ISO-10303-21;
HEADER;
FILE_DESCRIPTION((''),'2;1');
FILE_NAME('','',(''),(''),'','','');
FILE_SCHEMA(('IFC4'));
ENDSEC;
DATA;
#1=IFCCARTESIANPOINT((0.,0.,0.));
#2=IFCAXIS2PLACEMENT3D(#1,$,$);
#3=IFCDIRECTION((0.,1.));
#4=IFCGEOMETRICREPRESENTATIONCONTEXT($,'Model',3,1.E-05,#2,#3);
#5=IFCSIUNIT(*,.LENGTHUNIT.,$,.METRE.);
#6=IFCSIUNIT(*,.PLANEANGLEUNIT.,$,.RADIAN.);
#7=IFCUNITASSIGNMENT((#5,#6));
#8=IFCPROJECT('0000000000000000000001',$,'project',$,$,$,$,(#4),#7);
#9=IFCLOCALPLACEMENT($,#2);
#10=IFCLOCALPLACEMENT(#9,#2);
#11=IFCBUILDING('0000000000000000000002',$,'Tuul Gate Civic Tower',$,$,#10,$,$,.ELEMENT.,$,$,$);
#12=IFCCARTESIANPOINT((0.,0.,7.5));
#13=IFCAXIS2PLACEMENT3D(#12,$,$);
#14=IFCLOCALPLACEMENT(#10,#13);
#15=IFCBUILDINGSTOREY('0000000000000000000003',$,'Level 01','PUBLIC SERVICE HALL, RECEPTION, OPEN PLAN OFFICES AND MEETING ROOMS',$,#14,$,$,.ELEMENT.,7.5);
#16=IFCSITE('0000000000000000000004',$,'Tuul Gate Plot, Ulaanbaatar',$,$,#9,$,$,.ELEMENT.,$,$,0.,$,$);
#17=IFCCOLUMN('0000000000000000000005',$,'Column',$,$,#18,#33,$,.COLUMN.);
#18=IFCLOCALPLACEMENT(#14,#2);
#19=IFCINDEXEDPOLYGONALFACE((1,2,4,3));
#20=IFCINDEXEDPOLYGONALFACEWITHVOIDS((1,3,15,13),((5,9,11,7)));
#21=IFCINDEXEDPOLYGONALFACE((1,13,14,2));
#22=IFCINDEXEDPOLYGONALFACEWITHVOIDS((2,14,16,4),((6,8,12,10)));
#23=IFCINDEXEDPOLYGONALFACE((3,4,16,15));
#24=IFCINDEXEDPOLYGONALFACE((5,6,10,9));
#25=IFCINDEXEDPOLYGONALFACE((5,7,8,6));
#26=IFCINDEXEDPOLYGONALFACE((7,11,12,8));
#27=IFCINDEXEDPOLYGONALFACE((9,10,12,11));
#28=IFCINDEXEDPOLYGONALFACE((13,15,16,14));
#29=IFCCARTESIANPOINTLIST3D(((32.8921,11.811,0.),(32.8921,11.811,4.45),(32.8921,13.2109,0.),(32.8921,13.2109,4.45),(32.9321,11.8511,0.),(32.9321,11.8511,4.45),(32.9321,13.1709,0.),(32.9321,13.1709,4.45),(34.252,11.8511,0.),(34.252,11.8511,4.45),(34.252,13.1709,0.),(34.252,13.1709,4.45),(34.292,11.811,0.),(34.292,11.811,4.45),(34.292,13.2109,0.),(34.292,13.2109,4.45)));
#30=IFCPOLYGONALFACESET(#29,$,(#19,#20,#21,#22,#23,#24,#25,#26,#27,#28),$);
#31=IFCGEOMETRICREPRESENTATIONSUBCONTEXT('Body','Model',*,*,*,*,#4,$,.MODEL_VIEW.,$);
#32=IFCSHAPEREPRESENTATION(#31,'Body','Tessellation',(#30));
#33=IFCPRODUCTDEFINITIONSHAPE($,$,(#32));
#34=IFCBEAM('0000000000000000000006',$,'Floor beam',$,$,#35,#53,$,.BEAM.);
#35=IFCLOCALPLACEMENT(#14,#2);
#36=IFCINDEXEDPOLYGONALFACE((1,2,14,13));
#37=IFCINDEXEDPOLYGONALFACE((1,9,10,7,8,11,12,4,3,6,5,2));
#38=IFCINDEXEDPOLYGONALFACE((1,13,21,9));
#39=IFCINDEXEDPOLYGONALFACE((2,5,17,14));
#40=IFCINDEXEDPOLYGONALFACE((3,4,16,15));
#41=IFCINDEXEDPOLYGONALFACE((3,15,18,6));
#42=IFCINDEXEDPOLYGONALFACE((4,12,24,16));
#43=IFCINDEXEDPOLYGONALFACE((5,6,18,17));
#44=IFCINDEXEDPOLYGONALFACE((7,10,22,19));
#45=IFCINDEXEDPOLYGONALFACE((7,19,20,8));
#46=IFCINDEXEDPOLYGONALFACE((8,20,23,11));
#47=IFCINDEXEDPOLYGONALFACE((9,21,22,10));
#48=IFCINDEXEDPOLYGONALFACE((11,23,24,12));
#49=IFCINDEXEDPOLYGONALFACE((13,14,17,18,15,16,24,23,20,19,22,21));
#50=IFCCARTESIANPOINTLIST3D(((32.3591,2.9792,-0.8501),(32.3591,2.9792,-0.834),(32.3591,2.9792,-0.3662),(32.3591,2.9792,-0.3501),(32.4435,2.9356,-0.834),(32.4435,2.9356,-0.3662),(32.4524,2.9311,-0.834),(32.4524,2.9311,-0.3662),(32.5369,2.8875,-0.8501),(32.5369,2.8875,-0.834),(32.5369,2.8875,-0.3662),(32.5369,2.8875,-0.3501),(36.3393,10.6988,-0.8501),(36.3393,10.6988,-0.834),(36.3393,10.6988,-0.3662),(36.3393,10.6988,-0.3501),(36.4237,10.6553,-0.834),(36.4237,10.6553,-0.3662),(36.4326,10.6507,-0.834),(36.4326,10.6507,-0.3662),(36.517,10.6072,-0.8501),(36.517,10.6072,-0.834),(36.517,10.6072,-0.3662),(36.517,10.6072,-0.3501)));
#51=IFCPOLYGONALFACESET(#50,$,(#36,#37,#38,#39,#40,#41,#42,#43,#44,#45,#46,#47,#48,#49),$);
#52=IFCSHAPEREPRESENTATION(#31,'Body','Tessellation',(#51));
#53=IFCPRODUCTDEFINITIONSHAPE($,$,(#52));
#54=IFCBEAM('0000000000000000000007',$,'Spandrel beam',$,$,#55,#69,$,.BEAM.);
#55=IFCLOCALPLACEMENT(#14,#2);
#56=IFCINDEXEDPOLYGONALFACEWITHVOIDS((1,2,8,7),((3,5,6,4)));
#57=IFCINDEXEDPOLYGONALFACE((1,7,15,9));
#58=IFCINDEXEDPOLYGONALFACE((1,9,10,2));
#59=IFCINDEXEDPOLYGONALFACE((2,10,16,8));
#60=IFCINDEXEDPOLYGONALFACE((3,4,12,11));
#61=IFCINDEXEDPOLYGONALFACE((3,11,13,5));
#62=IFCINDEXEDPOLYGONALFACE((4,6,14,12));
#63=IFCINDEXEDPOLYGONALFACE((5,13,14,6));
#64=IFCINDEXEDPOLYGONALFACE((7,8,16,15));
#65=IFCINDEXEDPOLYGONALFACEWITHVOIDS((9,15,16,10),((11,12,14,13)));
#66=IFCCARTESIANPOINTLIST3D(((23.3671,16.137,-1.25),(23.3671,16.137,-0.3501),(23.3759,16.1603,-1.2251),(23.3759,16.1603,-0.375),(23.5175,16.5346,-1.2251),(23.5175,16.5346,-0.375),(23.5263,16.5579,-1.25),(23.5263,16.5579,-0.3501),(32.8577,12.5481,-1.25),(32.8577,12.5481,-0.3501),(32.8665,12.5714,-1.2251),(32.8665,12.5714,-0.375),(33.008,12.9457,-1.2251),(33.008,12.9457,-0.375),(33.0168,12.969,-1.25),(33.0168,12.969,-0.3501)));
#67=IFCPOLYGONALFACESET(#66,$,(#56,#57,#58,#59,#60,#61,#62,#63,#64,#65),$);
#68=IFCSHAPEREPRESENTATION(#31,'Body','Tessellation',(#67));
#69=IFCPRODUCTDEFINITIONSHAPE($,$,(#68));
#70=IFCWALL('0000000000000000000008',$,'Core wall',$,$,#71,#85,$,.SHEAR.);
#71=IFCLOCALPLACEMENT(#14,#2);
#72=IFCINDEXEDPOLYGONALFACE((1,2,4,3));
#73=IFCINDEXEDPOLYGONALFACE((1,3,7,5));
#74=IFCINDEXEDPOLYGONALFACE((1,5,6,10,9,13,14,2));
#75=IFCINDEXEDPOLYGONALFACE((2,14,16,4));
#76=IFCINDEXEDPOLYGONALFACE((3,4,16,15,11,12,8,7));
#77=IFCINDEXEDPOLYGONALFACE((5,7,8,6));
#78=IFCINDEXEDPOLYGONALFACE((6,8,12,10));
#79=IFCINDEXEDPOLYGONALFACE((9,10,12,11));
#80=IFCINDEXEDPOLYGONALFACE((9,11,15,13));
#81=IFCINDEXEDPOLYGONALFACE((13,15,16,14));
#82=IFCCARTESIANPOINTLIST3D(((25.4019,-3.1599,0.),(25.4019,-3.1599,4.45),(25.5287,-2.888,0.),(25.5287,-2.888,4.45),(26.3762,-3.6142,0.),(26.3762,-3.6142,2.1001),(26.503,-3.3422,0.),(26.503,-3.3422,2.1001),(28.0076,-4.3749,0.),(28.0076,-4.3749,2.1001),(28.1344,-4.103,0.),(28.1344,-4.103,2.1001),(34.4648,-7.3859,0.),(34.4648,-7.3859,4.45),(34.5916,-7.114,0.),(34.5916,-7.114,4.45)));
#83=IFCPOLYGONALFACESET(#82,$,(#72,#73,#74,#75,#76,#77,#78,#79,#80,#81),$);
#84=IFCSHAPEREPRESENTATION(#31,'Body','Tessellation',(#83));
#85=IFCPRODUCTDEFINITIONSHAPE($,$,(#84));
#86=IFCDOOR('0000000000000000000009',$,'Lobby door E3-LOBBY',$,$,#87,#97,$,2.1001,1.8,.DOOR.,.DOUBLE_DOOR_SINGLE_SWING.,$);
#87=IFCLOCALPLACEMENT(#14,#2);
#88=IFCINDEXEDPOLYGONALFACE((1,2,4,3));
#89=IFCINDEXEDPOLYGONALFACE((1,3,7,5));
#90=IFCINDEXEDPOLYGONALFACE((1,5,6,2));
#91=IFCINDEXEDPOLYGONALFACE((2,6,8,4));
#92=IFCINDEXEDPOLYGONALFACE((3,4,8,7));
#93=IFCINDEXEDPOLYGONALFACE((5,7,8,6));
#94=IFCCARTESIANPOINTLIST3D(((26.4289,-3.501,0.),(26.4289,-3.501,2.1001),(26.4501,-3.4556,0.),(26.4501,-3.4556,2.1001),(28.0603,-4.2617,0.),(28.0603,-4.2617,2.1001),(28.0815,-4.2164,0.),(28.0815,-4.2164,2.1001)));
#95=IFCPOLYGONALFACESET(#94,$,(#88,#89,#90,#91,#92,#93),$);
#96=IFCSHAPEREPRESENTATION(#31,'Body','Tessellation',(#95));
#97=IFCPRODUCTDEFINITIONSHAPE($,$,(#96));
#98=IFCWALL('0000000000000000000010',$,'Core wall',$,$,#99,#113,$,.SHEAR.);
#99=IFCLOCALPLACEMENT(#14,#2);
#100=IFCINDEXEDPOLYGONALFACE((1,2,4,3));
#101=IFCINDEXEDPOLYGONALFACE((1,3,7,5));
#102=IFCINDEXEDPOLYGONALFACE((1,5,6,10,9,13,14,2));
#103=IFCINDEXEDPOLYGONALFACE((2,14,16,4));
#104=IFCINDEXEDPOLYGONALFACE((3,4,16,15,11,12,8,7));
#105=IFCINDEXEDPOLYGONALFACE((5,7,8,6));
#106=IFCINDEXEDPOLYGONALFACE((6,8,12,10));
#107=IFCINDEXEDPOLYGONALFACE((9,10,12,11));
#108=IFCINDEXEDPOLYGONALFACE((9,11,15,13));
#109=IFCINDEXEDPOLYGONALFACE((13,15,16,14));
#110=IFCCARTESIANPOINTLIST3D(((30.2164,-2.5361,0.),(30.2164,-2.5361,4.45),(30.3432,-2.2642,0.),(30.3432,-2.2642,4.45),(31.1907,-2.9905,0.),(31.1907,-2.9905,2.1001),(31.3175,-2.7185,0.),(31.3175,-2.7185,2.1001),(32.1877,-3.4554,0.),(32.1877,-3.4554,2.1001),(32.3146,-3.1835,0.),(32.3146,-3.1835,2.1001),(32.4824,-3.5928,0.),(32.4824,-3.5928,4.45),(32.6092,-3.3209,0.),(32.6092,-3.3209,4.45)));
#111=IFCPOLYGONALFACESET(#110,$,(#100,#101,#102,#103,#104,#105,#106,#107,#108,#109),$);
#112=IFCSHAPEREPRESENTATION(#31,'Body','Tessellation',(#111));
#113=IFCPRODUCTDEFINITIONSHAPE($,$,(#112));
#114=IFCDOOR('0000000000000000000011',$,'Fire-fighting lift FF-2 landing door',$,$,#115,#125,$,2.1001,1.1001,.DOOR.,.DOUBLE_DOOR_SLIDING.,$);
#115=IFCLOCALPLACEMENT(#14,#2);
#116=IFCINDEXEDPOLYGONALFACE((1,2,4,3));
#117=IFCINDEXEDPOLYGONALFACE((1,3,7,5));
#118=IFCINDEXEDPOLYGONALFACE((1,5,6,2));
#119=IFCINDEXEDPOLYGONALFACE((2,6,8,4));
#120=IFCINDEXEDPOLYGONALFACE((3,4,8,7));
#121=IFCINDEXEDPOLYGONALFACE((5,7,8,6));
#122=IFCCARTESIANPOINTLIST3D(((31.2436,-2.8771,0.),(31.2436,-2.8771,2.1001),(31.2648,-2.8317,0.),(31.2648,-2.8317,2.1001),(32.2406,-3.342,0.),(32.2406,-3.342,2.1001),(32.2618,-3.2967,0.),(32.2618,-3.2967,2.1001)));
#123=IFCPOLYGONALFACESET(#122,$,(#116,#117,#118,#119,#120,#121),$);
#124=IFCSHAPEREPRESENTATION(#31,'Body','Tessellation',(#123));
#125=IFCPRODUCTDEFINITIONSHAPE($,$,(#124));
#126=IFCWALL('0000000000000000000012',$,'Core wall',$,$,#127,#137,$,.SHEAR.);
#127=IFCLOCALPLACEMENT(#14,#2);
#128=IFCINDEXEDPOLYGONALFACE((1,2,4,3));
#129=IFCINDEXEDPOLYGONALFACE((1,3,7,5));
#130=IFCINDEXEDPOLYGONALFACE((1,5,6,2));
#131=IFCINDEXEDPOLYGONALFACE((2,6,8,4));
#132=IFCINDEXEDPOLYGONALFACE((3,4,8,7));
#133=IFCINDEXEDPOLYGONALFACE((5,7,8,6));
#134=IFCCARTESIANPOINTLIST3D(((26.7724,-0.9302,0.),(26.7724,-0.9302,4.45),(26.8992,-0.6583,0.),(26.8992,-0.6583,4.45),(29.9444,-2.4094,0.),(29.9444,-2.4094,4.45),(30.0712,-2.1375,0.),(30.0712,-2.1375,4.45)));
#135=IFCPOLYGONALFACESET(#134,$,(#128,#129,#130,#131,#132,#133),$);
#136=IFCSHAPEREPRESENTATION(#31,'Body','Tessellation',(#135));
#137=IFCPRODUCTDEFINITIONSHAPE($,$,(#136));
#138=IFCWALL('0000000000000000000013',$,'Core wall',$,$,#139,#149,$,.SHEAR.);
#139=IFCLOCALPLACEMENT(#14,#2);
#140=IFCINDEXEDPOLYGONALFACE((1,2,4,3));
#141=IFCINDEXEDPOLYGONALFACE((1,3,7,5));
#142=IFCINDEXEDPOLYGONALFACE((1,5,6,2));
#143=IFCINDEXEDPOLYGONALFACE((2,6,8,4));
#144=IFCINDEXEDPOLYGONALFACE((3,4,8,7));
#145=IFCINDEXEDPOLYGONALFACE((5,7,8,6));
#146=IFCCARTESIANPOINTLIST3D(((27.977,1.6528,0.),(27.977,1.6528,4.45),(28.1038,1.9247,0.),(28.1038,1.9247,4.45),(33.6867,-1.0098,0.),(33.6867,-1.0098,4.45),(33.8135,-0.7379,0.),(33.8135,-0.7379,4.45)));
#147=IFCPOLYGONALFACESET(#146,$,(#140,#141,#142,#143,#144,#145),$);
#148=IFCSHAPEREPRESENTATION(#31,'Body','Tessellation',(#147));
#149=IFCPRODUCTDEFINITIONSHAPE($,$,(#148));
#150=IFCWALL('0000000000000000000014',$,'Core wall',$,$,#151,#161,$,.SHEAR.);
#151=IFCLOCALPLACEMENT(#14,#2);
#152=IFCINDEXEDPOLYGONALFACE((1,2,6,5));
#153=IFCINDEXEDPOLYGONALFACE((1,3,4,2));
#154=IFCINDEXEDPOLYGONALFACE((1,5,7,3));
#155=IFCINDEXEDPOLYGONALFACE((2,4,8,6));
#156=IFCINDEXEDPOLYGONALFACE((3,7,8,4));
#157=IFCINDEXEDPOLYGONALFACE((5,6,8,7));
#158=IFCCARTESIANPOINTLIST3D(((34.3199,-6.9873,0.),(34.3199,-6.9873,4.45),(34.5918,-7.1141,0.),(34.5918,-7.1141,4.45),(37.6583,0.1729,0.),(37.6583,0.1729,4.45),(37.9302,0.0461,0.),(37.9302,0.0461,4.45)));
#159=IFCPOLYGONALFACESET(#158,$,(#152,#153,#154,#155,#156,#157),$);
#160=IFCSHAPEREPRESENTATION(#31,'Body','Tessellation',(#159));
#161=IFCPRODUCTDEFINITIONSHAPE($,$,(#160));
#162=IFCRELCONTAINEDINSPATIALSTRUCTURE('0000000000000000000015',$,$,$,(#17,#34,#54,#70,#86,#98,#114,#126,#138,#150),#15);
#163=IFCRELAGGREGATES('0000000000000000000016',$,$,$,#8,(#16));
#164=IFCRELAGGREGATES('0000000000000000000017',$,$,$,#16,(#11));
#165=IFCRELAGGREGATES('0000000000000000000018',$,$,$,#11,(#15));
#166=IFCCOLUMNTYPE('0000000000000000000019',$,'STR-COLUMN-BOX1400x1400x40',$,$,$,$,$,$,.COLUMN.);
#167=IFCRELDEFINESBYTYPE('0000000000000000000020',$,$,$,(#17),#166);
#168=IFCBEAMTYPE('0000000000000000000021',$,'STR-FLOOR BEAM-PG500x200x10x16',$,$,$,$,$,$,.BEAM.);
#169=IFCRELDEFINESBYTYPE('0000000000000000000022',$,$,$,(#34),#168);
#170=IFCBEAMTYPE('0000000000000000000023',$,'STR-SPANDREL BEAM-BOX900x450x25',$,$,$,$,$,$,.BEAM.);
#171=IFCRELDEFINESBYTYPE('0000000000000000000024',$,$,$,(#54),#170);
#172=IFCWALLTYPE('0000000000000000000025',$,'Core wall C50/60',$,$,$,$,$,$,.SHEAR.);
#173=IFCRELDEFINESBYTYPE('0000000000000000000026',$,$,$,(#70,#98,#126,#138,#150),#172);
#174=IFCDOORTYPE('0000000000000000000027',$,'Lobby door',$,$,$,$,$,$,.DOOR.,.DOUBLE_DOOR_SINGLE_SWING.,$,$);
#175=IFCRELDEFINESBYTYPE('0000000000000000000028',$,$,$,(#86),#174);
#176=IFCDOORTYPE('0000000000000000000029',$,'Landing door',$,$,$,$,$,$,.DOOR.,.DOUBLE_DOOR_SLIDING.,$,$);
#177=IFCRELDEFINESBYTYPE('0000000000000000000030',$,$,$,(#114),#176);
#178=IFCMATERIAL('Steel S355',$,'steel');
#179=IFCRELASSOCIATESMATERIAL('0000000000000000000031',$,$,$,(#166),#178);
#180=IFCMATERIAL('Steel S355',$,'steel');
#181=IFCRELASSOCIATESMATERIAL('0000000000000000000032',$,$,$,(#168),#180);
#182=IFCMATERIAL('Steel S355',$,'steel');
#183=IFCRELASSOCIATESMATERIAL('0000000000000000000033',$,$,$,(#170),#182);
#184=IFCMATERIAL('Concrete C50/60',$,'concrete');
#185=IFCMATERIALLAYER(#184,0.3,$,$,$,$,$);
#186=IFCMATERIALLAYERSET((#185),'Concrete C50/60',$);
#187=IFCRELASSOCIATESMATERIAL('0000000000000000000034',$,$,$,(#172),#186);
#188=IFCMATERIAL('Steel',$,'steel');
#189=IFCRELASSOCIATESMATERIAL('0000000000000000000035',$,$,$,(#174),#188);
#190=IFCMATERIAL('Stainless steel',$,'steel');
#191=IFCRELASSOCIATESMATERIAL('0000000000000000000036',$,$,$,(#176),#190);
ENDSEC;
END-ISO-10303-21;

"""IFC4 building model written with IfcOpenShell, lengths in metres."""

from ifc_helpers import new_model, si_unit, direction, frame, frame_2d, origin, origin_2d, place, context, subcontext, project, spatial, rectangle, hollow_rectangle, i_section, extrude, material, layer, layer_set, material_profile, profile_set, type_object, element, fill, save


model = new_model("IFC4")

# Units and contexts
model_context = context("Model", 3, precision=1e-05, world=origin(), true_north=direction((0.0, 1.0)))
body_context = subcontext(model_context, "Body", "Model", "MODEL_VIEW")
ifc_project = project(units=[si_unit("LENGTHUNIT", "METRE"), si_unit("PLANEANGLEUNIT", "RADIAN")], contexts=[model_context])

# Site, building, storey
site_placement = place(None, origin())
site = spatial("IfcSite", under=ifc_project, at=site_placement, Name="Tuul Gate Plot, Ulaanbaatar", CompositionType="ELEMENT", RefElevation=0.0)
building_placement = place(site_placement, origin())
building = spatial("IfcBuilding", under=site, at=building_placement, Name="Tuul Gate Civic Tower", CompositionType="ELEMENT")
storey_placement = place(building_placement, frame((0.0, 0.0, 7.5)))
storey = spatial("IfcBuildingStorey", under=building, at=storey_placement, Name="Level 01", Description="PUBLIC SERVICE HALL, RECEPTION, OPEN PLAN OFFICES AND MEETING ROOMS", CompositionType="ELEMENT", Elevation=7.5)

# Column
ifc_material_1 = material(Name="Steel S355", Category="steel")
ifc_material_profile_1 = material_profile(ifc_material_1, hollow_rectangle(XDim=1.3999, YDim=1.3999, WallThickness=0.04, at=origin_2d()), Name="BOX1400x1400x40")
ifc_profile_set_1 = profile_set([ifc_material_profile_1], Name="Steel S355")
column_type = type_object("IfcColumnType", Name="STR-COLUMN-BOX1400x1400x40", PredefinedType="COLUMN", material=ifc_profile_set_1)
column_placement = place(storey_placement, frame((33.592, 12.511, 0.0), z_axis=(0.0, 0.0, 1.0), x_axis=(1.0, 0.0, 0.0)))
element("IfcColumn", 1, at=column_placement, inside=storey, type_object=column_type, Name="Column", PredefinedType="COLUMN", context=body_context, shape_type="SweptSolid", body=[
    extrude(hollow_rectangle(XDim=1.3999, YDim=1.3999, WallThickness=0.04, at=origin_2d()), origin(), (0.0, 0.0, 1.0), 4.45),
])

# Beams
ifc_material_2 = material(Name="Steel S355", Category="steel")
ifc_material_profile_2 = material_profile(ifc_material_2, i_section(OverallWidth=0.2, OverallDepth=0.5, WebThickness=0.01, FlangeThickness=0.0161, at=origin_2d()), Name="PG500x200x10x16")
ifc_profile_set_2 = profile_set([ifc_material_profile_2], Name="Steel S355")
beam_type_1 = type_object("IfcBeamType", Name="STR-FLOOR BEAM-PG500x200x10x16", PredefinedType="BEAM", material=ifc_profile_set_2)
beam_1_placement = place(storey_placement, frame((32.448, 2.9333, -0.6001), z_axis=(0.458266, 0.888815, 0.0), x_axis=(-0.888815, 0.458266, 0.0)))
element("IfcBeam", 2, at=beam_1_placement, inside=storey, type_object=beam_type_1, Name="Floor beam", PredefinedType="BEAM", context=body_context, shape_type="SweptSolid", body=[
    extrude(i_section(OverallWidth=0.2, OverallDepth=0.5, WebThickness=0.01, FlangeThickness=0.0161, at=origin_2d()), origin(), (0.0, 0.0, 1.0), 8.6853),
])
ifc_material_3 = material(Name="Steel S355", Category="steel")
ifc_material_profile_3 = material_profile(ifc_material_3, hollow_rectangle(XDim=0.45, YDim=0.8999, WallThickness=0.0249, at=origin_2d()), Name="BOX900x450x25")
ifc_profile_set_3 = profile_set([ifc_material_profile_3], Name="Steel S355")
beam_type_2 = type_object("IfcBeamType", Name="STR-SPANDREL BEAM-BOX900x450x25", PredefinedType="BEAM", material=ifc_profile_set_3)
beam_2_placement = place(storey_placement, frame((32.9373, 12.7585, -0.8), z_axis=(-0.935356, 0.353709, 0.0), x_axis=(-0.353709, -0.935356, 0.0)))
element("IfcBeam", 3, at=beam_2_placement, inside=storey, type_object=beam_type_2, Name="Spandrel beam", PredefinedType="BEAM", context=body_context, shape_type="SweptSolid", body=[
    extrude(hollow_rectangle(XDim=0.45, YDim=0.8999, WallThickness=0.0249, at=origin_2d()), origin(), (0.0, 0.0, 1.0), 10.1465),
])

# Walls, openings, doors
ifc_material_4 = material(Name="Concrete C50/60", Category="concrete")
ifc_layer_1 = layer(ifc_material_4, 0.3)
ifc_layer_set_1 = layer_set([ifc_layer_1], Name="Concrete C50/60")
wall_type_1 = type_object("IfcWallType", Name="Core wall C50/60", PredefinedType="SHEAR", material=ifc_layer_set_1)
wall_1_placement = place(storey_placement, frame((34.5283, -7.25, 0.0), z_axis=(0.0, 0.0, 1.0), x_axis=(-0.90631, 0.422613, 0.0)))
wall_1 = element("IfcWall", 4, at=wall_1_placement, inside=storey, type_object=wall_type_1, Name="Core wall", PredefinedType="SHEAR", context=body_context, shape_type="SweptSolid", body=[
    extrude(rectangle(XDim=9.9998, YDim=0.3, at=frame_2d((5.0, 0.0))), origin(), (0.0, 0.0, 1.0), 4.45),
])
opening_1_placement = place(wall_1_placement, frame((7.125, 0.0, 0.0)))
opening_1 = element("IfcOpeningElement", 5, at=opening_1_placement, cuts=wall_1, PredefinedType="OPENING", context=body_context, shape_type="SweptSolid", body=[
    extrude(rectangle(XDim=1.8, YDim=2.1001, at=frame_2d((0.8999, 1.05))), frame((0.0, 0.1602, 0.0), z_axis=(0.0, -1.0, 0.0), x_axis=(1.0, 0.0, 0.0)), (0.0, 0.0, 1.0), 0.3201),
])
ifc_material_5 = material(Name="Steel", Category="steel")
door_type_1 = type_object("IfcDoorType", Name="Lobby door", OperationType="DOUBLE_DOOR_SINGLE_SWING", PredefinedType="DOOR", material=ifc_material_5)
door_1_placement = place(opening_1_placement, frame((1.8, 0.0, 0.0), z_axis=(0.0, 0.0, 1.0), x_axis=(-1.0, 0.0, 0.0)))
door_1 = element("IfcDoor", 6, at=door_1_placement, inside=storey, type_object=door_type_1, Name="Lobby door E3-LOBBY", OperationType="DOUBLE_DOOR_SINGLE_SWING", OverallHeight=2.1001, OverallWidth=1.8, PredefinedType="DOOR", context=body_context, shape_type="SweptSolid", body=[
    extrude(rectangle(XDim=1.8, YDim=2.1001, at=frame_2d((0.9001, 1.05))), frame((0.0, 0.0249, 0.0), z_axis=(0.0, -1.0, 0.0), x_axis=(1.0, 0.0, 0.0)), (0.0, 0.0, 1.0), 0.05),
])
fill(opening_1, door_1)
wall_2_placement = place(storey_placement, frame((32.5457, -3.4568, 0.0), z_axis=(0.0, 0.0, 1.0), x_axis=(-0.9063, 0.422634, 0.0)))
wall_2 = element("IfcWall", 7, at=wall_2_placement, inside=storey, type_object=wall_type_1, Name="Core wall", PredefinedType="SHEAR", context=body_context, shape_type="SweptSolid", body=[
    extrude(rectangle(XDim=2.5002, YDim=0.3, at=frame_2d((1.25, 0.0))), origin(), (0.0, 0.0, 1.0), 4.45),
])
opening_2_placement = place(wall_2_placement, frame((0.325, 0.0, 0.0)))
opening_2 = element("IfcOpeningElement", 8, at=opening_2_placement, cuts=wall_2, PredefinedType="OPENING", context=body_context, shape_type="SweptSolid", body=[
    extrude(rectangle(XDim=1.1001, YDim=2.1001, at=frame_2d((0.55, 1.05))), frame((0.0, 0.1602, 0.0), z_axis=(0.0, -1.0, 0.0), x_axis=(1.0, 0.0, 0.0)), (0.0, 0.0, 1.0), 0.3201),
])
ifc_material_6 = material(Name="Stainless steel", Category="steel")
door_type_2 = type_object("IfcDoorType", Name="Landing door", OperationType="DOUBLE_DOOR_SLIDING", PredefinedType="DOOR", material=ifc_material_6)
door_2_placement = place(opening_2_placement, origin())
door_2 = element("IfcDoor", 9, at=door_2_placement, inside=storey, type_object=door_type_2, Name="Fire-fighting lift FF-2 landing door", OperationType="DOUBLE_DOOR_SLIDING", OverallHeight=2.1001, OverallWidth=1.1001, PredefinedType="DOOR", context=body_context, shape_type="SweptSolid", body=[
    extrude(rectangle(XDim=1.1001, YDim=2.1001, at=frame_2d((0.55, 1.05))), frame((0.0, 0.0249, 0.0), z_axis=(0.0, -1.0, 0.0), x_axis=(1.0, 0.0, 0.0)), (0.0, 0.0, 1.0), 0.05),
])
fill(opening_2, door_2)

# Walls
wall_3_placement = place(storey_placement, frame((30.0078, -2.2734, 0.0), z_axis=(0.0, 0.0, 1.0), x_axis=(-0.906301, 0.422633, 0.0)))
element("IfcWall", 10, at=wall_3_placement, inside=storey, type_object=wall_type_1, Name="Core wall", PredefinedType="SHEAR", context=body_context, shape_type="SweptSolid", body=[
    extrude(rectangle(XDim=3.5, YDim=0.3, at=frame_2d((1.75, 0.0))), origin(), (0.0, 0.0, 1.0), 4.45),
])
wall_4_placement = place(storey_placement, frame((33.75, -0.8738, 0.0), z_axis=(0.0, 0.0, 1.0), x_axis=(-0.906301, 0.422633, 0.0)))
element("IfcWall", 11, at=wall_4_placement, inside=storey, type_object=wall_type_1, Name="Core wall", PredefinedType="SHEAR", context=body_context, shape_type="SweptSolid", body=[
    extrude(rectangle(XDim=6.3, YDim=0.3, at=frame_2d((3.1499, 0.0))), origin(), (0.0, 0.0, 1.0), 4.45),
])
wall_5_placement = place(storey_placement, frame((34.4558, -7.0508, 0.0), z_axis=(0.0, 0.0, 1.0), x_axis=(0.422571, 0.90633, 0.0)))
element("IfcWall", 12, at=wall_5_placement, inside=storey, type_object=wall_type_1, Name="Core wall", PredefinedType="SHEAR", context=body_context, shape_type="SweptSolid", body=[
    extrude(rectangle(XDim=7.9001, YDim=0.3, at=frame_2d((3.9502, 0.0))), origin(), (0.0, 0.0, 1.0), 4.45),
])

save(model, "model.ifc")
